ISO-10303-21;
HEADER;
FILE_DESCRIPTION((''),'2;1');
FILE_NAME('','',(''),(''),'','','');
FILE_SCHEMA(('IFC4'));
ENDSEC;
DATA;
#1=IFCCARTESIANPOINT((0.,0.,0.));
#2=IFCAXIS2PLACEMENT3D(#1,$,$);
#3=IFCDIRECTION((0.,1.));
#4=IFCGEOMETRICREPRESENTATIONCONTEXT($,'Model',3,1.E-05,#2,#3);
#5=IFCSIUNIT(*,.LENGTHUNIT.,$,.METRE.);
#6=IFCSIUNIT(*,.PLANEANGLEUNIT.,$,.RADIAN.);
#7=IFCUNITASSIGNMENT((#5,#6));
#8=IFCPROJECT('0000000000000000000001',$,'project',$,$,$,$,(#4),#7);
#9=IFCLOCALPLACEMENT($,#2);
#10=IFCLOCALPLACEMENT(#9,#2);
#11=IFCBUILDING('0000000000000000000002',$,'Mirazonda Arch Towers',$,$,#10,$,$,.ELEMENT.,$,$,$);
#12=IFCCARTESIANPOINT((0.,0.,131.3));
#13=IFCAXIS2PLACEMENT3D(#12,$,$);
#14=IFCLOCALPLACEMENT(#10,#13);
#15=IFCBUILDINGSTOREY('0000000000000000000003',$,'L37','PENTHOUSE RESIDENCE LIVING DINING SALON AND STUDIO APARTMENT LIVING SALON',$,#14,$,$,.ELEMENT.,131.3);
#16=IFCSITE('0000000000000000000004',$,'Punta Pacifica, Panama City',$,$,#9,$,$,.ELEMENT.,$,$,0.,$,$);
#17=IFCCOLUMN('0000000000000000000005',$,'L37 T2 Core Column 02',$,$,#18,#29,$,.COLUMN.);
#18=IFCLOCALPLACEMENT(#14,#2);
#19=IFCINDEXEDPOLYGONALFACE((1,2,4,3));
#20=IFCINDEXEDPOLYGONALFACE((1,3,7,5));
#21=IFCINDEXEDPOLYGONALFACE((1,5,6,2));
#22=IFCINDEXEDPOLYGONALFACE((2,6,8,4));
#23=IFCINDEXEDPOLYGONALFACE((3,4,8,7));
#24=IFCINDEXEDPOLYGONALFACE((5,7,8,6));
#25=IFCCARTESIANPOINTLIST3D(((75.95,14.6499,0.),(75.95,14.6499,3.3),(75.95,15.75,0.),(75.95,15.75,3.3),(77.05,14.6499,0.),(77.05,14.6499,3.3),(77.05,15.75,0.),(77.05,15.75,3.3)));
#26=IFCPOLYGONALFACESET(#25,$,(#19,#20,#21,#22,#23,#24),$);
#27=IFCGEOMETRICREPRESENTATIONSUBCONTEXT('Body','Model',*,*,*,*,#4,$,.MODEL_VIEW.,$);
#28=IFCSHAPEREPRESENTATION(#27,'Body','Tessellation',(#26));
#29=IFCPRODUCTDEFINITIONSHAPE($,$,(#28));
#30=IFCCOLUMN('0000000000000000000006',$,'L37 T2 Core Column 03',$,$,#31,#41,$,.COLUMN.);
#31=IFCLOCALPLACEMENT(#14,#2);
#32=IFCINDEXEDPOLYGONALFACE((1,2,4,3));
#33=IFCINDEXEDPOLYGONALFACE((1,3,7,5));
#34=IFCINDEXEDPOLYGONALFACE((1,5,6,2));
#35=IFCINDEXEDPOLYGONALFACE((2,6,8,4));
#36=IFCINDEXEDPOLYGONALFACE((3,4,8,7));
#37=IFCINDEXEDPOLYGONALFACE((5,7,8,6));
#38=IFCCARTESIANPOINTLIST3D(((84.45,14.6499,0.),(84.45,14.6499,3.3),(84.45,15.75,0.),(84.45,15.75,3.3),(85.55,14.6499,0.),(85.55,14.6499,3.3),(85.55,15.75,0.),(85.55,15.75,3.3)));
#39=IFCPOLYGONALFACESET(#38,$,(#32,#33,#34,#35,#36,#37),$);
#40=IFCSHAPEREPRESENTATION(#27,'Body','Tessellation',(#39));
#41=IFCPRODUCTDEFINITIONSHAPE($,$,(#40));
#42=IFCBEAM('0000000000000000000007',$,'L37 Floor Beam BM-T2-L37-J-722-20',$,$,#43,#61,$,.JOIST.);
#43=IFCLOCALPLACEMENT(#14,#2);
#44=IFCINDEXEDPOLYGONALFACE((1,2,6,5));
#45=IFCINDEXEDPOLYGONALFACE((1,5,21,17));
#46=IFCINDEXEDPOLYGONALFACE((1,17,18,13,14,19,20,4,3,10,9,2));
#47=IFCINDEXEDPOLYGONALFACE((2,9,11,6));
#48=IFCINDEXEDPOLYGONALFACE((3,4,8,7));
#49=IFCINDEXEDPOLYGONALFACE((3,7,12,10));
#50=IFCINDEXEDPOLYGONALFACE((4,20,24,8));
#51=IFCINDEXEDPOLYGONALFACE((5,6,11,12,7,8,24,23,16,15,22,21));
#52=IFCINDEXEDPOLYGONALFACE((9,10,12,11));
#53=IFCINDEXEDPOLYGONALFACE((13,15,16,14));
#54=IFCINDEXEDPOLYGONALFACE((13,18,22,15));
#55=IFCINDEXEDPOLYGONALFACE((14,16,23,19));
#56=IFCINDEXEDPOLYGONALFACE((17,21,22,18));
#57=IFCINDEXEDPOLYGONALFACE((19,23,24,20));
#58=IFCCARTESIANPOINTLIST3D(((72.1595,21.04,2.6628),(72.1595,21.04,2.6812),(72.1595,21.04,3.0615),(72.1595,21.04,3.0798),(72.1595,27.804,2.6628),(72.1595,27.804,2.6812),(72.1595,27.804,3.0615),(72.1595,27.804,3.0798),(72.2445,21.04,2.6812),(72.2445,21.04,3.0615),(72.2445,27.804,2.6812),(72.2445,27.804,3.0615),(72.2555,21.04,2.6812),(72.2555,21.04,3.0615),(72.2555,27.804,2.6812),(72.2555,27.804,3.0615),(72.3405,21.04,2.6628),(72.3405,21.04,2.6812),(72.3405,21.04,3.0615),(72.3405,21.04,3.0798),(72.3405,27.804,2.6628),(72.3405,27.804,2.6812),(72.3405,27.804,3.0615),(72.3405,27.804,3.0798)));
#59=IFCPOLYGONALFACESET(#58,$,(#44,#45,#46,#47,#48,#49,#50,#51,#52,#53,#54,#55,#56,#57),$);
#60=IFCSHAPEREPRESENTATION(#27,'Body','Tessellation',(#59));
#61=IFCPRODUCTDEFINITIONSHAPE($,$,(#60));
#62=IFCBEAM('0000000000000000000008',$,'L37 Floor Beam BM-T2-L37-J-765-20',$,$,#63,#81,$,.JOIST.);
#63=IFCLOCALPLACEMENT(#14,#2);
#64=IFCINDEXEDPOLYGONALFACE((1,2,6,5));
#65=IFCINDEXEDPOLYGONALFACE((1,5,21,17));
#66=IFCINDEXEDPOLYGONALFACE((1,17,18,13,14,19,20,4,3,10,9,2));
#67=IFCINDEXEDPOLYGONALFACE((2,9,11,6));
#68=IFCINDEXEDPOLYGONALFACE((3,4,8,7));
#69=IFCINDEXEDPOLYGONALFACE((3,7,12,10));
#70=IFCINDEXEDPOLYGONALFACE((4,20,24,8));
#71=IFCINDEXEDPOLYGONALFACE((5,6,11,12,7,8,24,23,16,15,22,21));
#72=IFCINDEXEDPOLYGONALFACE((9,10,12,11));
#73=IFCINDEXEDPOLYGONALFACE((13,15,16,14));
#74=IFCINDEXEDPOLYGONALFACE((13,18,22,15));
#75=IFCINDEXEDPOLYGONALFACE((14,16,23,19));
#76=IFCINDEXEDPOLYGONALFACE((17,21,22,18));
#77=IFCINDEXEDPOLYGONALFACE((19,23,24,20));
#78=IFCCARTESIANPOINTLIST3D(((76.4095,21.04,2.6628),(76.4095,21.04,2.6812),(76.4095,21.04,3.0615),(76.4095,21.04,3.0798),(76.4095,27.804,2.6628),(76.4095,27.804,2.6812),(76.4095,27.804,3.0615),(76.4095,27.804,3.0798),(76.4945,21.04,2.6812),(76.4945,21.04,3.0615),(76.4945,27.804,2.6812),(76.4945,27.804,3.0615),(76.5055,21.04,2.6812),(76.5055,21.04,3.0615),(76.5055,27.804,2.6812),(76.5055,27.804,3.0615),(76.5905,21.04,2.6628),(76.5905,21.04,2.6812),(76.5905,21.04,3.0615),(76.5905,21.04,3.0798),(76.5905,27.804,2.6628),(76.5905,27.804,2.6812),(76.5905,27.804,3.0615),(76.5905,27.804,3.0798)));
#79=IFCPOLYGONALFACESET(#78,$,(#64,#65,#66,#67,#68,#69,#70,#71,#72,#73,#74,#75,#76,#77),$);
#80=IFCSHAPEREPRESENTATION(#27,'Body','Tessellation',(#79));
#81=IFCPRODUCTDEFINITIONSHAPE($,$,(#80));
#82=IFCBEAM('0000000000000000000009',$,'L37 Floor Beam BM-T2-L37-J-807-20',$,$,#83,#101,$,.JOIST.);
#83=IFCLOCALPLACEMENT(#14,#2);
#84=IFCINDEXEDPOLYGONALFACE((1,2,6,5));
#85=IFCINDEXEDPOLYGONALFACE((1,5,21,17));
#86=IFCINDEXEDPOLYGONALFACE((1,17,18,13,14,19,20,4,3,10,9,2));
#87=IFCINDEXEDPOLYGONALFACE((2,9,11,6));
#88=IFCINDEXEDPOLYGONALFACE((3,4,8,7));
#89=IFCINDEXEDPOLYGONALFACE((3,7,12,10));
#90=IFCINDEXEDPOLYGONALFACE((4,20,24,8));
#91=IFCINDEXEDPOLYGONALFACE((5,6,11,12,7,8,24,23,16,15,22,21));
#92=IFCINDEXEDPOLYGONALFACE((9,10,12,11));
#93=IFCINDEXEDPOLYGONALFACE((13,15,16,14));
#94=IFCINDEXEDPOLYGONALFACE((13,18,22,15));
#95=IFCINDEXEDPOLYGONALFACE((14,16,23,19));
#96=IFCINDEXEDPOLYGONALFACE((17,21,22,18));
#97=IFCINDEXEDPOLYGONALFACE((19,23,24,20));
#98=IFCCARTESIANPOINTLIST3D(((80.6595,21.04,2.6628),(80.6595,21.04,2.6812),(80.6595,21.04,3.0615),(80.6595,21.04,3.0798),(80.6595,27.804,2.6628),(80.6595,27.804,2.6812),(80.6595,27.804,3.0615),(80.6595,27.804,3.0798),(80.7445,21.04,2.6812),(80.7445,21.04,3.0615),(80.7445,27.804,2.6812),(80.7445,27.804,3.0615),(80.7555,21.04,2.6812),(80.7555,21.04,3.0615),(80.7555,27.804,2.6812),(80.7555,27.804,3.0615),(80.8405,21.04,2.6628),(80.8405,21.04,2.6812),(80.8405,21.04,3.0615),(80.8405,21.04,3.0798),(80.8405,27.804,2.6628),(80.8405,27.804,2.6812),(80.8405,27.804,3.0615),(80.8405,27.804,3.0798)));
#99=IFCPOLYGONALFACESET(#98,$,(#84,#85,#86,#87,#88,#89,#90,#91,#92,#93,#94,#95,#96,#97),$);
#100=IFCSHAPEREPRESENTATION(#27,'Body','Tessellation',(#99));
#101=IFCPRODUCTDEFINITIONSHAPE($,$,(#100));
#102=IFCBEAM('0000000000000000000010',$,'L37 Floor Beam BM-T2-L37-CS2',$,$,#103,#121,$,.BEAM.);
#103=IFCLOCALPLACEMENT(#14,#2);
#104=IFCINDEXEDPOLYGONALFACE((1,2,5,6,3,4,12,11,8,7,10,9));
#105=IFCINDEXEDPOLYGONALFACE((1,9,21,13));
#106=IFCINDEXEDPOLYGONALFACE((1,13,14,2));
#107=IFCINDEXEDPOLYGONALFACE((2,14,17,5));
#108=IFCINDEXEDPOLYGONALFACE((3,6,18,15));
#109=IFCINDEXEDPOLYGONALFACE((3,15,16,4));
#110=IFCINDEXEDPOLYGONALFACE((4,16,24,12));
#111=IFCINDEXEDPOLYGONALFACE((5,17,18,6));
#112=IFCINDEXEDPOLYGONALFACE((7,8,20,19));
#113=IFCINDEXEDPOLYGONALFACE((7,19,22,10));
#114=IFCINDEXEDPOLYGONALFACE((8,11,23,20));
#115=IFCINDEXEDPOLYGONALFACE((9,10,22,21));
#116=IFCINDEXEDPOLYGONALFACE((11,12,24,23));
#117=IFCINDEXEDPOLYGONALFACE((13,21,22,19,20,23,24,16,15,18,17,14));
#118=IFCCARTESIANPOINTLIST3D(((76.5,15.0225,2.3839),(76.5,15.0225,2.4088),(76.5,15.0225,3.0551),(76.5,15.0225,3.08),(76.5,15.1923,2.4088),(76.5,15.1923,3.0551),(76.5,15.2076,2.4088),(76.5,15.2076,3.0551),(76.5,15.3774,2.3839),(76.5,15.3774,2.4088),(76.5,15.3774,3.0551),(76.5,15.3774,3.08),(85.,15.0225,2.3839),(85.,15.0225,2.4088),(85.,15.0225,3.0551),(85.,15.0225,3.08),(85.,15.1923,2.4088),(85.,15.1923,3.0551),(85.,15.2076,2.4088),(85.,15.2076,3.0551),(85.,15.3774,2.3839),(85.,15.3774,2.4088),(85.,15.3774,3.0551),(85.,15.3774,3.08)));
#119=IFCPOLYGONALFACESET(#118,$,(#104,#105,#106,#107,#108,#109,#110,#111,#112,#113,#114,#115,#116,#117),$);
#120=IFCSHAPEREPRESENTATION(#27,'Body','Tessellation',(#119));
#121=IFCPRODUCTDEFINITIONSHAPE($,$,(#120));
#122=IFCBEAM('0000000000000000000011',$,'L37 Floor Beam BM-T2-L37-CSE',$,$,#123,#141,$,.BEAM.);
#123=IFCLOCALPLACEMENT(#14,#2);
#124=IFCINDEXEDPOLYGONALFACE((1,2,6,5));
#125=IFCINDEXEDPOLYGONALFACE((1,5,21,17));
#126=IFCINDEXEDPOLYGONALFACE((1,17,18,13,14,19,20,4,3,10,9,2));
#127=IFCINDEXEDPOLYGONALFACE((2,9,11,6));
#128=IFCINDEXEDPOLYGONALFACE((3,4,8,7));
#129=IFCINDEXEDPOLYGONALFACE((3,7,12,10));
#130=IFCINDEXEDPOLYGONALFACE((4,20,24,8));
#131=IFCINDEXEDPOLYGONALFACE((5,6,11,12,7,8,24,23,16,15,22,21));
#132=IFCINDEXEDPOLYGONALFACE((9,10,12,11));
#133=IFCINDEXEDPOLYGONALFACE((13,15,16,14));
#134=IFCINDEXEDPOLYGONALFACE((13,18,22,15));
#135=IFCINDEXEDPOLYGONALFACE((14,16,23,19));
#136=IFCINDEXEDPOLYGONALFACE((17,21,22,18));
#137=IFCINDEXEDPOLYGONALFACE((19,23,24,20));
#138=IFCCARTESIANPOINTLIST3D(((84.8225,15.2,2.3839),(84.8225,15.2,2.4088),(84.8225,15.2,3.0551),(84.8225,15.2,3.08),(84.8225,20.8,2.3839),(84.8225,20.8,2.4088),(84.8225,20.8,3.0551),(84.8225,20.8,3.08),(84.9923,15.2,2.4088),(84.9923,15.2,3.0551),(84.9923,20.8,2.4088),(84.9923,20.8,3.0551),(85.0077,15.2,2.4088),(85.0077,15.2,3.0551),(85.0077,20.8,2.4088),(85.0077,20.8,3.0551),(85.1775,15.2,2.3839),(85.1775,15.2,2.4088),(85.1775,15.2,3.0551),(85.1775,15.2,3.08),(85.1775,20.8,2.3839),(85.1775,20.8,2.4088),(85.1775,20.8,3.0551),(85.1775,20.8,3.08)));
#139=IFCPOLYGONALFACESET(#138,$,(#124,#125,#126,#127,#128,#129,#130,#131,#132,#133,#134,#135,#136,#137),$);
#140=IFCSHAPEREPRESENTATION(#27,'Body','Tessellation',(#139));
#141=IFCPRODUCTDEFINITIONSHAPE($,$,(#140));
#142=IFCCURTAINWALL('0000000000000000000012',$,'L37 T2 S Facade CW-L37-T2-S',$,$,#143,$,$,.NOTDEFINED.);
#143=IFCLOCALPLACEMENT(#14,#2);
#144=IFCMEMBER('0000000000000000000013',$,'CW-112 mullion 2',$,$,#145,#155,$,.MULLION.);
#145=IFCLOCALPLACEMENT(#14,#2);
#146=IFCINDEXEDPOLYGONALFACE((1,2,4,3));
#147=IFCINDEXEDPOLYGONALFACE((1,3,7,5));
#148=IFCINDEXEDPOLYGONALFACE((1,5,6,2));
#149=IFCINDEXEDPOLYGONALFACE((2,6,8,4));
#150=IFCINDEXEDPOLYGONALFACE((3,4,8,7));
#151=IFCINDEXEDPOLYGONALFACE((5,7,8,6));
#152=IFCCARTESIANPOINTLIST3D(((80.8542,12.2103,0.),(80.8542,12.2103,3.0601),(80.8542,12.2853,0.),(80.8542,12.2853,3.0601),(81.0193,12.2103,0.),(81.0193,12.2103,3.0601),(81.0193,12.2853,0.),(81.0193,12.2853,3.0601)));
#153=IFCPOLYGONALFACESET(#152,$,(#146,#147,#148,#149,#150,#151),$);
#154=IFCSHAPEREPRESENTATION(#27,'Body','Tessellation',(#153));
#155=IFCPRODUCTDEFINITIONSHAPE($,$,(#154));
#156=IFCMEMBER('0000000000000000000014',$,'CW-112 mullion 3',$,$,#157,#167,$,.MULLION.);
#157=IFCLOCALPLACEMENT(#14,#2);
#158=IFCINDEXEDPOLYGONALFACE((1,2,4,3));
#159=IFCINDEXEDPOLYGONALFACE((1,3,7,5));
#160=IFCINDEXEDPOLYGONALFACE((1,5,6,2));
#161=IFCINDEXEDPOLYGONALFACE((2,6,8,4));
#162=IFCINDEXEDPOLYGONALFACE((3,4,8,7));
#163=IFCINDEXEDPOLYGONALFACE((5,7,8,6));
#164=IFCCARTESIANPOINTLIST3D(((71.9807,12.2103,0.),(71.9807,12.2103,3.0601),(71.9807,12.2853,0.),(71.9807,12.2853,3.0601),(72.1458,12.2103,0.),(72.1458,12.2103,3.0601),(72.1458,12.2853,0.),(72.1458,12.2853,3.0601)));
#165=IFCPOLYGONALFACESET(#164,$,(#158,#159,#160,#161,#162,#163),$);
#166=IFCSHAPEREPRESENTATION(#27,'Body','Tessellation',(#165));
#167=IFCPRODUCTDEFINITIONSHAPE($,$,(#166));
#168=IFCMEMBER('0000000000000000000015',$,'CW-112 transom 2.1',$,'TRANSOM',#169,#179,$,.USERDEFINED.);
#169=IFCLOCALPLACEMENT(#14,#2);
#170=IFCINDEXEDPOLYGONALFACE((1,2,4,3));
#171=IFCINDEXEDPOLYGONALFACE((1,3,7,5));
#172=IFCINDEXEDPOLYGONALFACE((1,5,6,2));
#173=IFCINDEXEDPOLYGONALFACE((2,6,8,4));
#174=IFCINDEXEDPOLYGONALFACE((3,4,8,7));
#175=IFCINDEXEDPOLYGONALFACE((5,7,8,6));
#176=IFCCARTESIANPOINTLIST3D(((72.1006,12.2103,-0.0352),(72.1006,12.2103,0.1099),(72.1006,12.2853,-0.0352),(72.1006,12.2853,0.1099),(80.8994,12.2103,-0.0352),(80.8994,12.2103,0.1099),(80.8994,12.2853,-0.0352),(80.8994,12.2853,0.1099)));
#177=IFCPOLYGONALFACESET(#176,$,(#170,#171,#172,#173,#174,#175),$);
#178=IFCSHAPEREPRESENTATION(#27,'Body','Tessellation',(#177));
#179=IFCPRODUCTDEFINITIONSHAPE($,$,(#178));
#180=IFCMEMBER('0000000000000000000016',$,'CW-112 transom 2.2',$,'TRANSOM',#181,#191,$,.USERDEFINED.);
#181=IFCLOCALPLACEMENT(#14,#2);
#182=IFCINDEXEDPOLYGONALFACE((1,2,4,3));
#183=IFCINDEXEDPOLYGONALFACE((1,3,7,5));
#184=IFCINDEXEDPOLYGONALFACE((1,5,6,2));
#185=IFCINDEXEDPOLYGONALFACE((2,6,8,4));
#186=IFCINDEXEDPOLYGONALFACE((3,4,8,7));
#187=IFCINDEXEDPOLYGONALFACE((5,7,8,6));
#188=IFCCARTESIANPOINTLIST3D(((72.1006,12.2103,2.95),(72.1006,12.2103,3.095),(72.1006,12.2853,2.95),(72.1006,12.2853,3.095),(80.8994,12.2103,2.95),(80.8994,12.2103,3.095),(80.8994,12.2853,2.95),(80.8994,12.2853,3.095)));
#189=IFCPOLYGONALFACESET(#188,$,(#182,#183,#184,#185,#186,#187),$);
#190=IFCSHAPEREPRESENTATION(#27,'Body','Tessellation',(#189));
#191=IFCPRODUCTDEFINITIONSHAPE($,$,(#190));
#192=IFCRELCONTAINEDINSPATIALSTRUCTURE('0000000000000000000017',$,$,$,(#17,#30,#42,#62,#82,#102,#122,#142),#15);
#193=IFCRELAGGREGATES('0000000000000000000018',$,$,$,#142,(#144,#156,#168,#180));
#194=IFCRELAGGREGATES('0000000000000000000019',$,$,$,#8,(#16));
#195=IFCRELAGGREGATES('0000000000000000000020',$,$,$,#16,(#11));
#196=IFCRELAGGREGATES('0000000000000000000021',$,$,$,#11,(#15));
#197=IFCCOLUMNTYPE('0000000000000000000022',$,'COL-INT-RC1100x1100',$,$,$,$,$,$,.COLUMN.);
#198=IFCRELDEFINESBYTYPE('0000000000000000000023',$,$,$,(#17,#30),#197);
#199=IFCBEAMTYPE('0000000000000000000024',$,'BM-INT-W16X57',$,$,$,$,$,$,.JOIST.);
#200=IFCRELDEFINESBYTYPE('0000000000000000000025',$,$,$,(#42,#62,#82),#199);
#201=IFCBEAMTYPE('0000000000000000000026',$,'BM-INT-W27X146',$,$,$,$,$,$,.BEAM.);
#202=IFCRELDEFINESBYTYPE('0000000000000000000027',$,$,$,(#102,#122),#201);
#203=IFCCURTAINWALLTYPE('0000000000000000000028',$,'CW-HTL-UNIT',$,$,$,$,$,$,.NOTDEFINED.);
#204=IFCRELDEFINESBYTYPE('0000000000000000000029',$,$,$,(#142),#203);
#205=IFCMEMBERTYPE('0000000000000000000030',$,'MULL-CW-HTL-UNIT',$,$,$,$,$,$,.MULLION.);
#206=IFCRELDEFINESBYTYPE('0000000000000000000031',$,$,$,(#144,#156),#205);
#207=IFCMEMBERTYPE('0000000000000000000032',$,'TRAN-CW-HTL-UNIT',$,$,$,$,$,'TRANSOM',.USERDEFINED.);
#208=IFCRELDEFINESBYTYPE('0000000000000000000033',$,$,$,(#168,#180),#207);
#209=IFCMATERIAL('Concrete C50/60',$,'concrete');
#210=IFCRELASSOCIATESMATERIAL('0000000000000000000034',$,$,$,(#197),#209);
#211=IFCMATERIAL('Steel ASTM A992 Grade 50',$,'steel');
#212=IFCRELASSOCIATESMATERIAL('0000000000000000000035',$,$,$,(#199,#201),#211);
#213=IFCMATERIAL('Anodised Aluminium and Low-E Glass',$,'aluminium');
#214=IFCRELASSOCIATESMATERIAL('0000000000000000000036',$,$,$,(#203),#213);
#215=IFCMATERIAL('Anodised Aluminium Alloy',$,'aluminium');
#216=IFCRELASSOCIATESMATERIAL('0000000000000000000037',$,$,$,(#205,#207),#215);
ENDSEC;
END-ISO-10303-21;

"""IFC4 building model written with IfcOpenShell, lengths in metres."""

from ifc_helpers import new_model, si_unit, direction, frame, origin, origin_2d, place, context, subcontext, project, spatial, rectangle, i_section, extrude, material, material_profile, profile_set, type_object, element, aggregate, save


model = new_model("IFC4")

# Units and contexts
model_context = context("Model", 3, precision=1e-05, world=origin(), true_north=direction((0.0, 1.0)))
body_context = subcontext(model_context, "Body", "Model", "MODEL_VIEW")
ifc_project = project(units=[si_unit("LENGTHUNIT", "METRE"), si_unit("PLANEANGLEUNIT", "RADIAN")], contexts=[model_context])

# Site, building, storey
site_placement = place(None, origin())
site = spatial("IfcSite", under=ifc_project, at=site_placement, Name="Punta Pacifica, Panama City", CompositionType="ELEMENT", RefElevation=0.0)
building_placement = place(site_placement, origin())
building = spatial("IfcBuilding", under=site, at=building_placement, Name="Mirazonda Arch Towers", CompositionType="ELEMENT")
storey_placement = place(building_placement, frame((0.0, 0.0, 131.3)))
storey = spatial("IfcBuildingStorey", under=building, at=storey_placement, Name="L37", Description="PENTHOUSE RESIDENCE LIVING DINING SALON AND STUDIO APARTMENT LIVING SALON", CompositionType="ELEMENT", Elevation=131.3)

# Columns
ifc_material_1 = material(Name="Concrete C50/60", Category="concrete")
ifc_material_profile_1 = material_profile(ifc_material_1, rectangle(XDim=1.1001, YDim=1.1001, at=origin_2d()), Name="RC1100x1100")
ifc_profile_set_1 = profile_set([ifc_material_profile_1], Name="Concrete C50/60")
column_type = type_object("IfcColumnType", Name="COL-INT-RC1100x1100", PredefinedType="COLUMN", material=ifc_profile_set_1)
for number, where, z_axis, x_axis, name in (
    (1, (76.5, 15.2, 0.0), (0.0, 0.0, 1.0), (1.0, 0.0, 0.0), "L37 T2 Core Column 02"),
    (2, (85.0, 15.2, 0.0), (0.0, 0.0, 1.0), (1.0, 0.0, 0.0), "L37 T2 Core Column 03"),
):
    element("IfcColumn", number, at=place(storey_placement, frame(where, z_axis=z_axis, x_axis=x_axis)), inside=storey, type_object=column_type, Name=name, PredefinedType="COLUMN", context=body_context, shape_type="SweptSolid", body=[
        extrude(rectangle(XDim=1.1001, YDim=1.1001, at=origin_2d()), origin(), (0.0, 0.0, 1.0), 3.3),
    ])

# Beams
ifc_material_2 = material(Name="Steel ASTM A992 Grade 50", Category="steel")
ifc_material_profile_2 = material_profile(ifc_material_2, i_section(OverallWidth=0.1809, OverallDepth=0.417, WebThickness=0.011, FlangeThickness=0.0183, at=origin_2d()), Name="W16X57")
ifc_profile_set_2 = profile_set([ifc_material_profile_2], Name="Steel ASTM A992 Grade 50")
beam_type_1 = type_object("IfcBeamType", Name="BM-INT-W16X57", PredefinedType="JOIST", material=ifc_profile_set_2)
for number, where, z_axis, x_axis, name in (
    (3, (72.25, 21.04, 2.8713), (0.0, 1.0, 0.0), (-1.0, 0.0, 0.0), "L37 Floor Beam BM-T2-L37-J-722-20"),
    (4, (76.5, 21.04, 2.8713), (0.0, 1.0, 0.0), (-1.0, 0.0, 0.0), "L37 Floor Beam BM-T2-L37-J-765-20"),
    (5, (80.75, 21.04, 2.8713), (0.0, 1.0, 0.0), (-1.0, 0.0, 0.0), "L37 Floor Beam BM-T2-L37-J-807-20"),
):
    element("IfcBeam", number, at=place(storey_placement, frame(where, z_axis=z_axis, x_axis=x_axis)), inside=storey, type_object=beam_type_1, Name=name, PredefinedType="JOIST", context=body_context, shape_type="SweptSolid", body=[
        extrude(i_section(OverallWidth=0.1809, OverallDepth=0.417, WebThickness=0.011, FlangeThickness=0.0183, at=origin_2d()), origin(), (0.0, 0.0, 1.0), 6.7639),
    ])
ifc_material_profile_3 = material_profile(ifc_material_2, i_section(OverallWidth=0.355, OverallDepth=0.696, WebThickness=0.0154, FlangeThickness=0.0249, at=origin_2d()), Name="W27X146")
ifc_profile_set_3 = profile_set([ifc_material_profile_3], Name="Steel ASTM A992 Grade 50")
beam_type_2 = type_object("IfcBeamType", Name="BM-INT-W27X146", PredefinedType="BEAM", material=ifc_profile_set_3)
beam_1_placement = place(storey_placement, frame((76.5, 15.2, 2.7319), z_axis=(1.0, 0.0, 0.0), x_axis=(0.0, 1.0, 0.0)))
element("IfcBeam", 6, at=beam_1_placement, inside=storey, type_object=beam_type_2, Name="L37 Floor Beam BM-T2-L37-CS2", PredefinedType="BEAM", context=body_context, shape_type="SweptSolid", body=[
    extrude(i_section(OverallWidth=0.355, OverallDepth=0.696, WebThickness=0.0154, FlangeThickness=0.0249, at=origin_2d()), origin(), (0.0, 0.0, 1.0), 8.5),
])
beam_2_placement = place(storey_placement, frame((85.0, 15.2, 2.7319), z_axis=(0.0, 1.0, 0.0), x_axis=(-1.0, 0.0, 0.0)))
element("IfcBeam", 7, at=beam_2_placement, inside=storey, type_object=beam_type_2, Name="L37 Floor Beam BM-T2-L37-CSE", PredefinedType="BEAM", context=body_context, shape_type="SweptSolid", body=[
    extrude(i_section(OverallWidth=0.355, OverallDepth=0.696, WebThickness=0.0154, FlangeThickness=0.0249, at=origin_2d()), origin(), (0.0, 0.0, 1.0), 5.6001),
])

# Curtain wall, members
ifc_material_3 = material(Name="Anodised Aluminium and Low-E Glass", Category="aluminium")
curtain_wall_type = type_object("IfcCurtainWallType", Name="CW-HTL-UNIT", PredefinedType="NOTDEFINED", material=ifc_material_3)
curtain_wall_placement = place(storey_placement, origin())
curtain_wall = element("IfcCurtainWall", 8, at=curtain_wall_placement, inside=storey, type_object=curtain_wall_type, Name="L37 T2 S Facade CW-L37-T2-S", PredefinedType="NOTDEFINED")
ifc_material_4 = material(Name="Anodised Aluminium Alloy", Category="aluminium")
ifc_material_profile_4 = material_profile(ifc_material_4, rectangle(XDim=0.075, YDim=0.165, at=origin_2d()), Name="ALU-MULL-75x165")
ifc_profile_set_4 = profile_set([ifc_material_profile_4], Name="Anodised Aluminium Alloy")
member_type_1 = type_object("IfcMemberType", Name="MULL-CW-HTL-UNIT", PredefinedType="MULLION", material=ifc_profile_set_4)
member_1_placement = place(storey_placement, frame((80.9368, 12.2478, 0.0), z_axis=(0.0, 0.0, 1.0), x_axis=(0.0, -1.0, 0.0)))
member_1 = element("IfcMember", 9, at=member_1_placement, type_object=member_type_1, Name="CW-112 mullion 2", PredefinedType="MULLION", context=body_context, shape_type="SweptSolid", body=[
    extrude(rectangle(XDim=0.075, YDim=0.165, at=origin_2d()), origin(), (0.0, 0.0, 1.0), 3.0601),
])
member_2_placement = place(storey_placement, frame((72.0632, 12.2478, 0.0), z_axis=(0.0, 0.0, 1.0), x_axis=(0.0, -1.0, 0.0)))
member_2 = element("IfcMember", 10, at=member_2_placement, type_object=member_type_1, Name="CW-112 mullion 3", PredefinedType="MULLION", context=body_context, shape_type="SweptSolid", body=[
    extrude(rectangle(XDim=0.075, YDim=0.165, at=origin_2d()), origin(), (0.0, 0.0, 1.0), 3.0601),
])
ifc_material_profile_5 = material_profile(ifc_material_4, rectangle(XDim=0.075, YDim=0.145, at=origin_2d()), Name="ALU-TRAN-75x145")
ifc_profile_set_5 = profile_set([ifc_material_profile_5], Name="Anodised Aluminium Alloy")
member_type_2 = type_object("IfcMemberType", Name="TRAN-CW-HTL-UNIT", ElementType="TRANSOM", PredefinedType="USERDEFINED", material=ifc_profile_set_5)
member_3_placement = place(storey_placement, frame((80.8994, 12.2478, 0.0374), z_axis=(-1.0, 0.0, 0.0), x_axis=(0.0, -1.0, 0.0)))
member_3 = element("IfcMember", 11, at=member_3_placement, type_object=member_type_2, Name="CW-112 transom 2.1", ObjectType="TRANSOM", PredefinedType="USERDEFINED", context=body_context, shape_type="SweptSolid", body=[
    extrude(rectangle(XDim=0.075, YDim=0.145, at=origin_2d()), origin(), (0.0, 0.0, 1.0), 8.7988),
])
member_4_placement = place(storey_placement, frame((80.8994, 12.2478, 3.0225), z_axis=(-1.0, 0.0, 0.0), x_axis=(0.0, -1.0, 0.0)))
member_4 = element("IfcMember", 12, at=member_4_placement, type_object=member_type_2, Name="CW-112 transom 2.2", ObjectType="TRANSOM", PredefinedType="USERDEFINED", context=body_context, shape_type="SweptSolid", body=[
    extrude(rectangle(XDim=0.075, YDim=0.145, at=origin_2d()), origin(), (0.0, 0.0, 1.0), 8.7988),
])
aggregate(curtain_wall, [member_1, member_2, member_3, member_4])

save(model, "model.ifc")
